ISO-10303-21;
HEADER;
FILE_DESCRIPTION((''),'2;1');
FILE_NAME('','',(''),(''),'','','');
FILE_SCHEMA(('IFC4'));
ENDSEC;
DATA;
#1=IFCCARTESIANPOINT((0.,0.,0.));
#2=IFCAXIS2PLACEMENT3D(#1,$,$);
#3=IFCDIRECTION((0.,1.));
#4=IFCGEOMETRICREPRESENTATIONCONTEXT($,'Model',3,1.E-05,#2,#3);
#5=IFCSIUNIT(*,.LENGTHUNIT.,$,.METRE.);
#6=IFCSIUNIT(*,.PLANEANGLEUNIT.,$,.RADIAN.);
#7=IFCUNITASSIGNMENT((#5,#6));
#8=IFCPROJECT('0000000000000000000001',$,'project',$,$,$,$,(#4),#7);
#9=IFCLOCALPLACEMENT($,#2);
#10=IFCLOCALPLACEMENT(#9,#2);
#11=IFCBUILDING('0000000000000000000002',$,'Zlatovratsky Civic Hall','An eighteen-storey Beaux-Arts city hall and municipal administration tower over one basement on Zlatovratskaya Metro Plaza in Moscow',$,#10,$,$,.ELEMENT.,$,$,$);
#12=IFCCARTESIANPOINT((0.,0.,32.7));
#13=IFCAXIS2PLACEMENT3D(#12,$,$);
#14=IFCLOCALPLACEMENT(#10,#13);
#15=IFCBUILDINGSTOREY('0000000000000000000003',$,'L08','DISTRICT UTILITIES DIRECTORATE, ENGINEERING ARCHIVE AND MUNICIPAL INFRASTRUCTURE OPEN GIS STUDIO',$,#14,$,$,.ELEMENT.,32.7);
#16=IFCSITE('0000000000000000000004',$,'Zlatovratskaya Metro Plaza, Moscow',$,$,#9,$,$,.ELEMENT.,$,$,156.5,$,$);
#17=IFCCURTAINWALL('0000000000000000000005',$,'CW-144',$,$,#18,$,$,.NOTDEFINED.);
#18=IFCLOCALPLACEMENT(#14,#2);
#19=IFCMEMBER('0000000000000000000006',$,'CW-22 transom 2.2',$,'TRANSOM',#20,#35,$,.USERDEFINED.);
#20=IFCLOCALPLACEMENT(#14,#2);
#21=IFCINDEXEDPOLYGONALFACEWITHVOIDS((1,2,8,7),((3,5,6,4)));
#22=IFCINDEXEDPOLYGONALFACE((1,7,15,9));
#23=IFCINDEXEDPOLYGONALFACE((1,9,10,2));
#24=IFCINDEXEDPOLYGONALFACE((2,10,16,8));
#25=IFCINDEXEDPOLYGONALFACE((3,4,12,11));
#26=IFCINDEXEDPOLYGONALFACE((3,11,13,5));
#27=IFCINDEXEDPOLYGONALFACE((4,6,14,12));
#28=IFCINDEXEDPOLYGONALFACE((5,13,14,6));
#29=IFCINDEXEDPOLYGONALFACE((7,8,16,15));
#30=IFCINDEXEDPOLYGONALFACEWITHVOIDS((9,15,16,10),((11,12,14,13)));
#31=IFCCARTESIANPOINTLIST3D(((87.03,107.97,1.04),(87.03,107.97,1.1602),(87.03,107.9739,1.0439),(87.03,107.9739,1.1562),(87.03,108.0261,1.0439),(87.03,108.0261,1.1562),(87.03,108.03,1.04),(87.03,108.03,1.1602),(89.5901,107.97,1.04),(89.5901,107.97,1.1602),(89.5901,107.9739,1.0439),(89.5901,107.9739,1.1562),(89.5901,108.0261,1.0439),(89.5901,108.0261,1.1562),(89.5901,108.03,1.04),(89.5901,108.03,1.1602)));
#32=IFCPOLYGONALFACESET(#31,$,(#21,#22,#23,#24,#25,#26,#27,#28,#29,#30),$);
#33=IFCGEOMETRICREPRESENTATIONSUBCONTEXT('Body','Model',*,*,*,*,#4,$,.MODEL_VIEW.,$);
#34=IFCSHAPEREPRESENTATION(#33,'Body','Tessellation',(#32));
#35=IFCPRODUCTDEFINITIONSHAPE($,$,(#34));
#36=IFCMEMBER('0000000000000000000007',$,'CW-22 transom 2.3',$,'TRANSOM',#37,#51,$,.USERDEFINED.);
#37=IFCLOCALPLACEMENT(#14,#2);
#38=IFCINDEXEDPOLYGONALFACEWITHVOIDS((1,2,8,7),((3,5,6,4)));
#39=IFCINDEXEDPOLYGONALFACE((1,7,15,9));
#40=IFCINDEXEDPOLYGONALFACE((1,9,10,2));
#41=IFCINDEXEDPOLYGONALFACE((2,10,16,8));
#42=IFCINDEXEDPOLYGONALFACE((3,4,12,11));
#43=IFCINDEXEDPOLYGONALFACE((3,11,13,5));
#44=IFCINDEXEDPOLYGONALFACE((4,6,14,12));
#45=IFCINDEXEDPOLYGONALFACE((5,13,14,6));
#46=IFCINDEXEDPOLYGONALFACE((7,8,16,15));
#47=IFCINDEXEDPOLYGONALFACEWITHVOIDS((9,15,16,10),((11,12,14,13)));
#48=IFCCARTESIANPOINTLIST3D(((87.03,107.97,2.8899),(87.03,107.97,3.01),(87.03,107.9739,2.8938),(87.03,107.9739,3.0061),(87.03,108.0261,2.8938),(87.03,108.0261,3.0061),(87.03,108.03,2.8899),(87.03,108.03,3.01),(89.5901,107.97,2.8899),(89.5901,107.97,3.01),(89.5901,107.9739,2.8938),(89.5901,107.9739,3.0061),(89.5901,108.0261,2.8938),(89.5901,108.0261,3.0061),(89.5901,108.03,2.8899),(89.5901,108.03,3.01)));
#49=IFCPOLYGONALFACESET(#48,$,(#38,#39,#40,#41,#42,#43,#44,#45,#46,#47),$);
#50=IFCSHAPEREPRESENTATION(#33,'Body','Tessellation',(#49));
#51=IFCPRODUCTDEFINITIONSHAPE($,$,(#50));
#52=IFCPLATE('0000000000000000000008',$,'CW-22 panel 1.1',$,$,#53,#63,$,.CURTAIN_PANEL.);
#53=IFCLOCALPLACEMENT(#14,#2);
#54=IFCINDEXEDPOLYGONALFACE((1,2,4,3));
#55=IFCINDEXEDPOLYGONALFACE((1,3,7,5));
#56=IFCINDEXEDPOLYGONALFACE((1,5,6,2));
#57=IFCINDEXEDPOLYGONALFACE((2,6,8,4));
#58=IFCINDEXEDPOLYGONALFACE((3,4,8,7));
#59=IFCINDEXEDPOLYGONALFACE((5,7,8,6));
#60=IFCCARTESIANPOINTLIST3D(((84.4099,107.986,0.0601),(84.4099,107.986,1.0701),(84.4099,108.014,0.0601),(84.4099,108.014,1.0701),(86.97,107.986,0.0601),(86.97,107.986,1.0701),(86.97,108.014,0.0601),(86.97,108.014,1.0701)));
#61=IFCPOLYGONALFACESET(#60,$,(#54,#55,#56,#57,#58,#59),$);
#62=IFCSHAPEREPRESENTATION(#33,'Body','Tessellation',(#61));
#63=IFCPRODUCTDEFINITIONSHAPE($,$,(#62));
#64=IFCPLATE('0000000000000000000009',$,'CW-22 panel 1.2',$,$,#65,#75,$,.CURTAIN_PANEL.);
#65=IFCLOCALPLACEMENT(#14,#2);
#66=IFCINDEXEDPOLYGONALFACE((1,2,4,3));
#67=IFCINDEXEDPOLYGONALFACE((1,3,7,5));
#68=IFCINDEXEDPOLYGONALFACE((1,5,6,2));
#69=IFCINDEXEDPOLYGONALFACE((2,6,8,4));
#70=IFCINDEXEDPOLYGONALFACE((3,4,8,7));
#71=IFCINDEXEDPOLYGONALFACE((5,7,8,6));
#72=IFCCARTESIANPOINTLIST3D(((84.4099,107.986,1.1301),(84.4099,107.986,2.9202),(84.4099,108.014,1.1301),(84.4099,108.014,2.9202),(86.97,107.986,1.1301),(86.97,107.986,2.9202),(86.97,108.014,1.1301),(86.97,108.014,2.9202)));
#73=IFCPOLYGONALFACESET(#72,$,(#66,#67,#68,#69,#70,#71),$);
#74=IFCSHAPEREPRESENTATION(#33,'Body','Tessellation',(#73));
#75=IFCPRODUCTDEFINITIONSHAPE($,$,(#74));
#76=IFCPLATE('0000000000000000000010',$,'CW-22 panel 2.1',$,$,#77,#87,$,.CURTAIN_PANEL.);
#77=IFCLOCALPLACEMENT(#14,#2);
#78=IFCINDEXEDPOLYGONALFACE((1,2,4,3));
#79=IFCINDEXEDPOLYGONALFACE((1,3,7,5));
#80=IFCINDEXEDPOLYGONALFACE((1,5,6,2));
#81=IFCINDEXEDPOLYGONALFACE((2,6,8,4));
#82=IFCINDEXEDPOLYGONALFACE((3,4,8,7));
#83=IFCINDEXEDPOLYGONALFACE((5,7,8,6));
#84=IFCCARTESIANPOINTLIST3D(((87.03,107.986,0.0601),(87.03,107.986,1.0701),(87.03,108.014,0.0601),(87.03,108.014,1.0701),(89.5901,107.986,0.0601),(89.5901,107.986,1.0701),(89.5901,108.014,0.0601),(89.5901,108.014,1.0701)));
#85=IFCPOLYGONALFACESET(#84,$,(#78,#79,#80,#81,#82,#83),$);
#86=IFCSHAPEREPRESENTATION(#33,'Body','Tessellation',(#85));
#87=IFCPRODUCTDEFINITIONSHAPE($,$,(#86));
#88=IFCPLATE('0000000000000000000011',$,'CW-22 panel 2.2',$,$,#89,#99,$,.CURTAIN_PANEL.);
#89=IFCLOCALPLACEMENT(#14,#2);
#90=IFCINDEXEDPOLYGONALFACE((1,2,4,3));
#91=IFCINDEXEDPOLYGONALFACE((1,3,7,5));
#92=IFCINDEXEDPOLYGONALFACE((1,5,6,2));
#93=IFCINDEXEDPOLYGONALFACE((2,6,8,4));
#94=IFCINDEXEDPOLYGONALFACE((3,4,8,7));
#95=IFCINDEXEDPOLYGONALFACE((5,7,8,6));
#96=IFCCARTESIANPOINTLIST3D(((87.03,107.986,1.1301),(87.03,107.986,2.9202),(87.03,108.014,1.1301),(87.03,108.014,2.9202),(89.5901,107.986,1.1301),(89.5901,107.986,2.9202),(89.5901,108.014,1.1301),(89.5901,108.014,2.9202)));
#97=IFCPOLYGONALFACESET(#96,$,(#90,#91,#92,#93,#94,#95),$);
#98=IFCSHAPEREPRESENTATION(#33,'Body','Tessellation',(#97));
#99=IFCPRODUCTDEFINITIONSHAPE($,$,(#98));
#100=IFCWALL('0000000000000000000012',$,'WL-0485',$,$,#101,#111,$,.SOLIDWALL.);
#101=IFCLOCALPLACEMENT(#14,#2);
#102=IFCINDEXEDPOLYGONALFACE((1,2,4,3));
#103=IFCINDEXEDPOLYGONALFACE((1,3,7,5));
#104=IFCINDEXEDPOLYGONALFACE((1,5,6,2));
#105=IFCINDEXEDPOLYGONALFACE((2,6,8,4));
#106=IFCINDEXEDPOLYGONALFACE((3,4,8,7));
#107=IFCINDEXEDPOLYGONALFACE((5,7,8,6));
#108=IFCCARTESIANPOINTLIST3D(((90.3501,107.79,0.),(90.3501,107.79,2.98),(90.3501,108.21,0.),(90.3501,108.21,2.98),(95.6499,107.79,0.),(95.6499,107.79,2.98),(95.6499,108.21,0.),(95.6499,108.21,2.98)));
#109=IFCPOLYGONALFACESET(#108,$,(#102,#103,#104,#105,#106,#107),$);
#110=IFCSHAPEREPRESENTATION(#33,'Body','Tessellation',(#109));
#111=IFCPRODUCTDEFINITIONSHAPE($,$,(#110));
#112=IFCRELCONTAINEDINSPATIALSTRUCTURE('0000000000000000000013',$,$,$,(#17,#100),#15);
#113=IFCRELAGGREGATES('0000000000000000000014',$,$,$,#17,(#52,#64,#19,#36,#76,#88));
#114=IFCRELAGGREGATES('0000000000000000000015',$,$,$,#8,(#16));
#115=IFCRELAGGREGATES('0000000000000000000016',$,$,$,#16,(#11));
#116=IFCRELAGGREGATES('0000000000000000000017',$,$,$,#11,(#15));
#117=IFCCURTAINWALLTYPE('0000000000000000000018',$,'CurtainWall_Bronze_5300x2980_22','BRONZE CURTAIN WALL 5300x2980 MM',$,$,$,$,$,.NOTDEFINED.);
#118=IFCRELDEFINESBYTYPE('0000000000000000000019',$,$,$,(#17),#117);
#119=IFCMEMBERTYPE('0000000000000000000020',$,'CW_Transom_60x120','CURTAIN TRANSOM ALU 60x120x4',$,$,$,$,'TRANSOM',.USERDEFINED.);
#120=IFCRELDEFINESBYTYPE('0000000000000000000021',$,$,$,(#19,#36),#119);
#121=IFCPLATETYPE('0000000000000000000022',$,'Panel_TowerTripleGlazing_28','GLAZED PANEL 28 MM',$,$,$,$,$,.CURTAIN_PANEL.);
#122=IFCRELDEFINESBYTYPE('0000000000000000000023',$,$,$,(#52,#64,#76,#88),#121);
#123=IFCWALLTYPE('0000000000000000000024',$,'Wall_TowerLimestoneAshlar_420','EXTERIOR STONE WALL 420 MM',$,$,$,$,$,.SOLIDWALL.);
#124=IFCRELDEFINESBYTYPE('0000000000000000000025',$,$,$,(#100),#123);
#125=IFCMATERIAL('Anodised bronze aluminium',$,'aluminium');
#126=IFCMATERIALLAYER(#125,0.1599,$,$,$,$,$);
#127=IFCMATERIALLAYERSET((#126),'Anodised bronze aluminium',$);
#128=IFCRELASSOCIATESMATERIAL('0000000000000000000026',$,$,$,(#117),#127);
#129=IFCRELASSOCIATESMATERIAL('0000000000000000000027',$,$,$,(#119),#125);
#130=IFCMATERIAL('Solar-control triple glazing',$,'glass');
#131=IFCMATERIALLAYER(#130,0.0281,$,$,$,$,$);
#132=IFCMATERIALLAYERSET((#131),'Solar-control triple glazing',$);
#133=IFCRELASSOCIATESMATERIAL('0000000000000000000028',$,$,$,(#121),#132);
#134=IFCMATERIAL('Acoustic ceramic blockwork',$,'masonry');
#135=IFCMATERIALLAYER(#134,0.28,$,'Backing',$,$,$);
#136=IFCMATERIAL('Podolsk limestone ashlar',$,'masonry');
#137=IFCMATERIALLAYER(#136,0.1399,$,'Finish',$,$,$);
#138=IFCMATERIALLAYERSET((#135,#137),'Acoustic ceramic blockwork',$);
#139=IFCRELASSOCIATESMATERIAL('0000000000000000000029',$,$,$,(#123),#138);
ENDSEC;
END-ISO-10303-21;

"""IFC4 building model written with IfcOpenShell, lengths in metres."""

from ifc_helpers import new_model, si_unit, direction, frame, frame_2d, origin, origin_2d, place, context, subcontext, project, spatial, rectangle, hollow_rectangle, extrude, material, layer, layer_set, material_profile, profile_set, type_object, element, aggregate, save


model = new_model("IFC4")

# Units and contexts
model_context = context("Model", 3, precision=1e-05, world=origin(), true_north=direction((0.0, 1.0)))
body_context = subcontext(model_context, "Body", "Model", "MODEL_VIEW")
ifc_project = project(units=[si_unit("LENGTHUNIT", "METRE"), si_unit("PLANEANGLEUNIT", "RADIAN")], contexts=[model_context])

# Site, building, storey
site_placement = place(None, origin())
site = spatial("IfcSite", under=ifc_project, at=site_placement, Name="Zlatovratskaya Metro Plaza, Moscow", CompositionType="ELEMENT", RefElevation=156.5)
building_placement = place(site_placement, origin())
building = spatial("IfcBuilding", under=site, at=building_placement, Name="Zlatovratsky Civic Hall", Description="An eighteen-storey Beaux-Arts city hall and municipal administration tower over one basement on Zlatovratskaya Metro Plaza in Moscow", CompositionType="ELEMENT")
storey_placement = place(building_placement, frame((0.0, 0.0, 32.7)))
storey = spatial("IfcBuildingStorey", under=building, at=storey_placement, Name="L08", Description="DISTRICT UTILITIES DIRECTORATE, ENGINEERING ARCHIVE AND MUNICIPAL INFRASTRUCTURE OPEN GIS STUDIO", CompositionType="ELEMENT", Elevation=32.7)

# Shared definitions
ifc_material_1 = material(Name="Anodised bronze aluminium", Category="aluminium")
ifc_layer_1 = layer(ifc_material_1, 0.1599)
ifc_layer_set_1 = layer_set([ifc_layer_1], Name="Anodised bronze aluminium")
curtain_wall_type = type_object("IfcCurtainWallType", Name="CurtainWall_Bronze_5300x2980_22", Description="BRONZE CURTAIN WALL 5300x2980 MM", PredefinedType="NOTDEFINED", material=ifc_layer_set_1)

# Curtain wall, members, plates
curtain_wall_1_placement = place(storey_placement, origin())
curtain_wall_1 = element("IfcCurtainWall", 1, at=curtain_wall_1_placement, inside=storey, type_object=curtain_wall_type, Name="CW-144", PredefinedType="NOTDEFINED")
ifc_material_profile_1 = material_profile(ifc_material_1, hollow_rectangle(XDim=0.0601, YDim=0.1201, WallThickness=0.0039, at=origin_2d()), Name="ALU 60x120x4")
ifc_profile_set_1 = profile_set([ifc_material_profile_1], Name="Anodised bronze aluminium")
member_type_1 = type_object("IfcMemberType", Name="CW_Transom_60x120", Description="CURTAIN TRANSOM ALU 60x120x4", ElementType="TRANSOM", PredefinedType="USERDEFINED", material=ifc_profile_set_1)
member_1_placement = place(storey_placement, frame((87.03, 108.0, 1.1001), z_axis=(1.0, 0.0, 0.0), x_axis=(0.0, 1.0, 0.0)))
member_1 = element("IfcMember", 2, at=member_1_placement, type_object=member_type_1, Name="CW-22 transom 2.2", ObjectType="TRANSOM", PredefinedType="USERDEFINED", context=body_context, shape_type="SweptSolid", body=[
    extrude(hollow_rectangle(XDim=0.0601, YDim=0.1201, WallThickness=0.0039, at=origin_2d()), origin(), (0.0, 0.0, 1.0), 2.5601),
])
member_2_placement = place(storey_placement, frame((87.03, 108.0, 2.95), z_axis=(1.0, 0.0, 0.0), x_axis=(0.0, 1.0, 0.0)))
member_2 = element("IfcMember", 3, at=member_2_placement, type_object=member_type_1, Name="CW-22 transom 2.3", ObjectType="TRANSOM", PredefinedType="USERDEFINED", context=body_context, shape_type="SweptSolid", body=[
    extrude(hollow_rectangle(XDim=0.0601, YDim=0.1201, WallThickness=0.0039, at=origin_2d()), origin(), (0.0, 0.0, 1.0), 2.5601),
])
ifc_material_2 = material(Name="Solar-control triple glazing", Category="glass")
ifc_layer_2 = layer(ifc_material_2, 0.0281)
ifc_layer_set_2 = layer_set([ifc_layer_2], Name="Solar-control triple glazing")
plate_type = type_object("IfcPlateType", Name="Panel_TowerTripleGlazing_28", Description="GLAZED PANEL 28 MM", PredefinedType="CURTAIN_PANEL", material=ifc_layer_set_2)
plate_1_placement = place(storey_placement, frame((85.6899, 108.0, 0.0601), z_axis=(0.0, 0.0, 1.0), x_axis=(1.0, 0.0, 0.0)))
plate_1 = element("IfcPlate", 4, at=plate_1_placement, type_object=plate_type, Name="CW-22 panel 1.1", PredefinedType="CURTAIN_PANEL", context=body_context, shape_type="SweptSolid", body=[
    extrude(rectangle(XDim=2.5601, YDim=0.0281, at=origin_2d()), origin(), (0.0, 0.0, 1.0), 1.01),
])
plate_2_placement = place(storey_placement, frame((85.6899, 108.0, 1.1301), z_axis=(0.0, 0.0, 1.0), x_axis=(1.0, 0.0, 0.0)))
plate_2 = element("IfcPlate", 5, at=plate_2_placement, type_object=plate_type, Name="CW-22 panel 1.2", PredefinedType="CURTAIN_PANEL", context=body_context, shape_type="SweptSolid", body=[
    extrude(rectangle(XDim=2.5601, YDim=0.0281, at=origin_2d()), origin(), (0.0, 0.0, 1.0), 1.79),
])
plate_3_placement = place(storey_placement, frame((88.3101, 108.0, 0.0601), z_axis=(0.0, 0.0, 1.0), x_axis=(1.0, 0.0, 0.0)))
plate_3 = element("IfcPlate", 6, at=plate_3_placement, type_object=plate_type, Name="CW-22 panel 2.1", PredefinedType="CURTAIN_PANEL", context=body_context, shape_type="SweptSolid", body=[
    extrude(rectangle(XDim=2.5601, YDim=0.0281, at=origin_2d()), origin(), (0.0, 0.0, 1.0), 1.01),
])
plate_4_placement = place(storey_placement, frame((88.3101, 108.0, 1.1301), z_axis=(0.0, 0.0, 1.0), x_axis=(1.0, 0.0, 0.0)))
plate_4 = element("IfcPlate", 7, at=plate_4_placement, type_object=plate_type, Name="CW-22 panel 2.2", PredefinedType="CURTAIN_PANEL", context=body_context, shape_type="SweptSolid", body=[
    extrude(rectangle(XDim=2.5601, YDim=0.0281, at=origin_2d()), origin(), (0.0, 0.0, 1.0), 1.79),
])
aggregate(curtain_wall_1, [plate_1, plate_2, member_1, member_2, plate_3, plate_4])

# Wall
ifc_material_3 = material(Name="Acoustic ceramic blockwork", Category="masonry")
ifc_layer_3 = layer(ifc_material_3, 0.28, Name="Backing")
ifc_material_4 = material(Name="Podolsk limestone ashlar", Category="masonry")
ifc_layer_4 = layer(ifc_material_4, 0.1399, Name="Finish")
ifc_layer_set_3 = layer_set([ifc_layer_3, ifc_layer_4], Name="Acoustic ceramic blockwork")
wall_type = type_object("IfcWallType", Name="Wall_TowerLimestoneAshlar_420", Description="EXTERIOR STONE WALL 420 MM", PredefinedType="SOLIDWALL", material=ifc_layer_set_3)
wall_placement = place(storey_placement, frame((90.3501, 108.0, 0.0), z_axis=(0.0, 0.0, 1.0), x_axis=(1.0, 0.0, 0.0)))
element("IfcWall", 8, at=wall_placement, inside=storey, type_object=wall_type, Name="WL-0485", PredefinedType="SOLIDWALL", context=body_context, shape_type="SweptSolid", body=[
    extrude(rectangle(XDim=5.2998, YDim=0.4199, at=frame_2d((2.6499, 0.0))), origin(), (0.0, 0.0, 1.0), 2.98),
])

save(model, "model.ifc")
